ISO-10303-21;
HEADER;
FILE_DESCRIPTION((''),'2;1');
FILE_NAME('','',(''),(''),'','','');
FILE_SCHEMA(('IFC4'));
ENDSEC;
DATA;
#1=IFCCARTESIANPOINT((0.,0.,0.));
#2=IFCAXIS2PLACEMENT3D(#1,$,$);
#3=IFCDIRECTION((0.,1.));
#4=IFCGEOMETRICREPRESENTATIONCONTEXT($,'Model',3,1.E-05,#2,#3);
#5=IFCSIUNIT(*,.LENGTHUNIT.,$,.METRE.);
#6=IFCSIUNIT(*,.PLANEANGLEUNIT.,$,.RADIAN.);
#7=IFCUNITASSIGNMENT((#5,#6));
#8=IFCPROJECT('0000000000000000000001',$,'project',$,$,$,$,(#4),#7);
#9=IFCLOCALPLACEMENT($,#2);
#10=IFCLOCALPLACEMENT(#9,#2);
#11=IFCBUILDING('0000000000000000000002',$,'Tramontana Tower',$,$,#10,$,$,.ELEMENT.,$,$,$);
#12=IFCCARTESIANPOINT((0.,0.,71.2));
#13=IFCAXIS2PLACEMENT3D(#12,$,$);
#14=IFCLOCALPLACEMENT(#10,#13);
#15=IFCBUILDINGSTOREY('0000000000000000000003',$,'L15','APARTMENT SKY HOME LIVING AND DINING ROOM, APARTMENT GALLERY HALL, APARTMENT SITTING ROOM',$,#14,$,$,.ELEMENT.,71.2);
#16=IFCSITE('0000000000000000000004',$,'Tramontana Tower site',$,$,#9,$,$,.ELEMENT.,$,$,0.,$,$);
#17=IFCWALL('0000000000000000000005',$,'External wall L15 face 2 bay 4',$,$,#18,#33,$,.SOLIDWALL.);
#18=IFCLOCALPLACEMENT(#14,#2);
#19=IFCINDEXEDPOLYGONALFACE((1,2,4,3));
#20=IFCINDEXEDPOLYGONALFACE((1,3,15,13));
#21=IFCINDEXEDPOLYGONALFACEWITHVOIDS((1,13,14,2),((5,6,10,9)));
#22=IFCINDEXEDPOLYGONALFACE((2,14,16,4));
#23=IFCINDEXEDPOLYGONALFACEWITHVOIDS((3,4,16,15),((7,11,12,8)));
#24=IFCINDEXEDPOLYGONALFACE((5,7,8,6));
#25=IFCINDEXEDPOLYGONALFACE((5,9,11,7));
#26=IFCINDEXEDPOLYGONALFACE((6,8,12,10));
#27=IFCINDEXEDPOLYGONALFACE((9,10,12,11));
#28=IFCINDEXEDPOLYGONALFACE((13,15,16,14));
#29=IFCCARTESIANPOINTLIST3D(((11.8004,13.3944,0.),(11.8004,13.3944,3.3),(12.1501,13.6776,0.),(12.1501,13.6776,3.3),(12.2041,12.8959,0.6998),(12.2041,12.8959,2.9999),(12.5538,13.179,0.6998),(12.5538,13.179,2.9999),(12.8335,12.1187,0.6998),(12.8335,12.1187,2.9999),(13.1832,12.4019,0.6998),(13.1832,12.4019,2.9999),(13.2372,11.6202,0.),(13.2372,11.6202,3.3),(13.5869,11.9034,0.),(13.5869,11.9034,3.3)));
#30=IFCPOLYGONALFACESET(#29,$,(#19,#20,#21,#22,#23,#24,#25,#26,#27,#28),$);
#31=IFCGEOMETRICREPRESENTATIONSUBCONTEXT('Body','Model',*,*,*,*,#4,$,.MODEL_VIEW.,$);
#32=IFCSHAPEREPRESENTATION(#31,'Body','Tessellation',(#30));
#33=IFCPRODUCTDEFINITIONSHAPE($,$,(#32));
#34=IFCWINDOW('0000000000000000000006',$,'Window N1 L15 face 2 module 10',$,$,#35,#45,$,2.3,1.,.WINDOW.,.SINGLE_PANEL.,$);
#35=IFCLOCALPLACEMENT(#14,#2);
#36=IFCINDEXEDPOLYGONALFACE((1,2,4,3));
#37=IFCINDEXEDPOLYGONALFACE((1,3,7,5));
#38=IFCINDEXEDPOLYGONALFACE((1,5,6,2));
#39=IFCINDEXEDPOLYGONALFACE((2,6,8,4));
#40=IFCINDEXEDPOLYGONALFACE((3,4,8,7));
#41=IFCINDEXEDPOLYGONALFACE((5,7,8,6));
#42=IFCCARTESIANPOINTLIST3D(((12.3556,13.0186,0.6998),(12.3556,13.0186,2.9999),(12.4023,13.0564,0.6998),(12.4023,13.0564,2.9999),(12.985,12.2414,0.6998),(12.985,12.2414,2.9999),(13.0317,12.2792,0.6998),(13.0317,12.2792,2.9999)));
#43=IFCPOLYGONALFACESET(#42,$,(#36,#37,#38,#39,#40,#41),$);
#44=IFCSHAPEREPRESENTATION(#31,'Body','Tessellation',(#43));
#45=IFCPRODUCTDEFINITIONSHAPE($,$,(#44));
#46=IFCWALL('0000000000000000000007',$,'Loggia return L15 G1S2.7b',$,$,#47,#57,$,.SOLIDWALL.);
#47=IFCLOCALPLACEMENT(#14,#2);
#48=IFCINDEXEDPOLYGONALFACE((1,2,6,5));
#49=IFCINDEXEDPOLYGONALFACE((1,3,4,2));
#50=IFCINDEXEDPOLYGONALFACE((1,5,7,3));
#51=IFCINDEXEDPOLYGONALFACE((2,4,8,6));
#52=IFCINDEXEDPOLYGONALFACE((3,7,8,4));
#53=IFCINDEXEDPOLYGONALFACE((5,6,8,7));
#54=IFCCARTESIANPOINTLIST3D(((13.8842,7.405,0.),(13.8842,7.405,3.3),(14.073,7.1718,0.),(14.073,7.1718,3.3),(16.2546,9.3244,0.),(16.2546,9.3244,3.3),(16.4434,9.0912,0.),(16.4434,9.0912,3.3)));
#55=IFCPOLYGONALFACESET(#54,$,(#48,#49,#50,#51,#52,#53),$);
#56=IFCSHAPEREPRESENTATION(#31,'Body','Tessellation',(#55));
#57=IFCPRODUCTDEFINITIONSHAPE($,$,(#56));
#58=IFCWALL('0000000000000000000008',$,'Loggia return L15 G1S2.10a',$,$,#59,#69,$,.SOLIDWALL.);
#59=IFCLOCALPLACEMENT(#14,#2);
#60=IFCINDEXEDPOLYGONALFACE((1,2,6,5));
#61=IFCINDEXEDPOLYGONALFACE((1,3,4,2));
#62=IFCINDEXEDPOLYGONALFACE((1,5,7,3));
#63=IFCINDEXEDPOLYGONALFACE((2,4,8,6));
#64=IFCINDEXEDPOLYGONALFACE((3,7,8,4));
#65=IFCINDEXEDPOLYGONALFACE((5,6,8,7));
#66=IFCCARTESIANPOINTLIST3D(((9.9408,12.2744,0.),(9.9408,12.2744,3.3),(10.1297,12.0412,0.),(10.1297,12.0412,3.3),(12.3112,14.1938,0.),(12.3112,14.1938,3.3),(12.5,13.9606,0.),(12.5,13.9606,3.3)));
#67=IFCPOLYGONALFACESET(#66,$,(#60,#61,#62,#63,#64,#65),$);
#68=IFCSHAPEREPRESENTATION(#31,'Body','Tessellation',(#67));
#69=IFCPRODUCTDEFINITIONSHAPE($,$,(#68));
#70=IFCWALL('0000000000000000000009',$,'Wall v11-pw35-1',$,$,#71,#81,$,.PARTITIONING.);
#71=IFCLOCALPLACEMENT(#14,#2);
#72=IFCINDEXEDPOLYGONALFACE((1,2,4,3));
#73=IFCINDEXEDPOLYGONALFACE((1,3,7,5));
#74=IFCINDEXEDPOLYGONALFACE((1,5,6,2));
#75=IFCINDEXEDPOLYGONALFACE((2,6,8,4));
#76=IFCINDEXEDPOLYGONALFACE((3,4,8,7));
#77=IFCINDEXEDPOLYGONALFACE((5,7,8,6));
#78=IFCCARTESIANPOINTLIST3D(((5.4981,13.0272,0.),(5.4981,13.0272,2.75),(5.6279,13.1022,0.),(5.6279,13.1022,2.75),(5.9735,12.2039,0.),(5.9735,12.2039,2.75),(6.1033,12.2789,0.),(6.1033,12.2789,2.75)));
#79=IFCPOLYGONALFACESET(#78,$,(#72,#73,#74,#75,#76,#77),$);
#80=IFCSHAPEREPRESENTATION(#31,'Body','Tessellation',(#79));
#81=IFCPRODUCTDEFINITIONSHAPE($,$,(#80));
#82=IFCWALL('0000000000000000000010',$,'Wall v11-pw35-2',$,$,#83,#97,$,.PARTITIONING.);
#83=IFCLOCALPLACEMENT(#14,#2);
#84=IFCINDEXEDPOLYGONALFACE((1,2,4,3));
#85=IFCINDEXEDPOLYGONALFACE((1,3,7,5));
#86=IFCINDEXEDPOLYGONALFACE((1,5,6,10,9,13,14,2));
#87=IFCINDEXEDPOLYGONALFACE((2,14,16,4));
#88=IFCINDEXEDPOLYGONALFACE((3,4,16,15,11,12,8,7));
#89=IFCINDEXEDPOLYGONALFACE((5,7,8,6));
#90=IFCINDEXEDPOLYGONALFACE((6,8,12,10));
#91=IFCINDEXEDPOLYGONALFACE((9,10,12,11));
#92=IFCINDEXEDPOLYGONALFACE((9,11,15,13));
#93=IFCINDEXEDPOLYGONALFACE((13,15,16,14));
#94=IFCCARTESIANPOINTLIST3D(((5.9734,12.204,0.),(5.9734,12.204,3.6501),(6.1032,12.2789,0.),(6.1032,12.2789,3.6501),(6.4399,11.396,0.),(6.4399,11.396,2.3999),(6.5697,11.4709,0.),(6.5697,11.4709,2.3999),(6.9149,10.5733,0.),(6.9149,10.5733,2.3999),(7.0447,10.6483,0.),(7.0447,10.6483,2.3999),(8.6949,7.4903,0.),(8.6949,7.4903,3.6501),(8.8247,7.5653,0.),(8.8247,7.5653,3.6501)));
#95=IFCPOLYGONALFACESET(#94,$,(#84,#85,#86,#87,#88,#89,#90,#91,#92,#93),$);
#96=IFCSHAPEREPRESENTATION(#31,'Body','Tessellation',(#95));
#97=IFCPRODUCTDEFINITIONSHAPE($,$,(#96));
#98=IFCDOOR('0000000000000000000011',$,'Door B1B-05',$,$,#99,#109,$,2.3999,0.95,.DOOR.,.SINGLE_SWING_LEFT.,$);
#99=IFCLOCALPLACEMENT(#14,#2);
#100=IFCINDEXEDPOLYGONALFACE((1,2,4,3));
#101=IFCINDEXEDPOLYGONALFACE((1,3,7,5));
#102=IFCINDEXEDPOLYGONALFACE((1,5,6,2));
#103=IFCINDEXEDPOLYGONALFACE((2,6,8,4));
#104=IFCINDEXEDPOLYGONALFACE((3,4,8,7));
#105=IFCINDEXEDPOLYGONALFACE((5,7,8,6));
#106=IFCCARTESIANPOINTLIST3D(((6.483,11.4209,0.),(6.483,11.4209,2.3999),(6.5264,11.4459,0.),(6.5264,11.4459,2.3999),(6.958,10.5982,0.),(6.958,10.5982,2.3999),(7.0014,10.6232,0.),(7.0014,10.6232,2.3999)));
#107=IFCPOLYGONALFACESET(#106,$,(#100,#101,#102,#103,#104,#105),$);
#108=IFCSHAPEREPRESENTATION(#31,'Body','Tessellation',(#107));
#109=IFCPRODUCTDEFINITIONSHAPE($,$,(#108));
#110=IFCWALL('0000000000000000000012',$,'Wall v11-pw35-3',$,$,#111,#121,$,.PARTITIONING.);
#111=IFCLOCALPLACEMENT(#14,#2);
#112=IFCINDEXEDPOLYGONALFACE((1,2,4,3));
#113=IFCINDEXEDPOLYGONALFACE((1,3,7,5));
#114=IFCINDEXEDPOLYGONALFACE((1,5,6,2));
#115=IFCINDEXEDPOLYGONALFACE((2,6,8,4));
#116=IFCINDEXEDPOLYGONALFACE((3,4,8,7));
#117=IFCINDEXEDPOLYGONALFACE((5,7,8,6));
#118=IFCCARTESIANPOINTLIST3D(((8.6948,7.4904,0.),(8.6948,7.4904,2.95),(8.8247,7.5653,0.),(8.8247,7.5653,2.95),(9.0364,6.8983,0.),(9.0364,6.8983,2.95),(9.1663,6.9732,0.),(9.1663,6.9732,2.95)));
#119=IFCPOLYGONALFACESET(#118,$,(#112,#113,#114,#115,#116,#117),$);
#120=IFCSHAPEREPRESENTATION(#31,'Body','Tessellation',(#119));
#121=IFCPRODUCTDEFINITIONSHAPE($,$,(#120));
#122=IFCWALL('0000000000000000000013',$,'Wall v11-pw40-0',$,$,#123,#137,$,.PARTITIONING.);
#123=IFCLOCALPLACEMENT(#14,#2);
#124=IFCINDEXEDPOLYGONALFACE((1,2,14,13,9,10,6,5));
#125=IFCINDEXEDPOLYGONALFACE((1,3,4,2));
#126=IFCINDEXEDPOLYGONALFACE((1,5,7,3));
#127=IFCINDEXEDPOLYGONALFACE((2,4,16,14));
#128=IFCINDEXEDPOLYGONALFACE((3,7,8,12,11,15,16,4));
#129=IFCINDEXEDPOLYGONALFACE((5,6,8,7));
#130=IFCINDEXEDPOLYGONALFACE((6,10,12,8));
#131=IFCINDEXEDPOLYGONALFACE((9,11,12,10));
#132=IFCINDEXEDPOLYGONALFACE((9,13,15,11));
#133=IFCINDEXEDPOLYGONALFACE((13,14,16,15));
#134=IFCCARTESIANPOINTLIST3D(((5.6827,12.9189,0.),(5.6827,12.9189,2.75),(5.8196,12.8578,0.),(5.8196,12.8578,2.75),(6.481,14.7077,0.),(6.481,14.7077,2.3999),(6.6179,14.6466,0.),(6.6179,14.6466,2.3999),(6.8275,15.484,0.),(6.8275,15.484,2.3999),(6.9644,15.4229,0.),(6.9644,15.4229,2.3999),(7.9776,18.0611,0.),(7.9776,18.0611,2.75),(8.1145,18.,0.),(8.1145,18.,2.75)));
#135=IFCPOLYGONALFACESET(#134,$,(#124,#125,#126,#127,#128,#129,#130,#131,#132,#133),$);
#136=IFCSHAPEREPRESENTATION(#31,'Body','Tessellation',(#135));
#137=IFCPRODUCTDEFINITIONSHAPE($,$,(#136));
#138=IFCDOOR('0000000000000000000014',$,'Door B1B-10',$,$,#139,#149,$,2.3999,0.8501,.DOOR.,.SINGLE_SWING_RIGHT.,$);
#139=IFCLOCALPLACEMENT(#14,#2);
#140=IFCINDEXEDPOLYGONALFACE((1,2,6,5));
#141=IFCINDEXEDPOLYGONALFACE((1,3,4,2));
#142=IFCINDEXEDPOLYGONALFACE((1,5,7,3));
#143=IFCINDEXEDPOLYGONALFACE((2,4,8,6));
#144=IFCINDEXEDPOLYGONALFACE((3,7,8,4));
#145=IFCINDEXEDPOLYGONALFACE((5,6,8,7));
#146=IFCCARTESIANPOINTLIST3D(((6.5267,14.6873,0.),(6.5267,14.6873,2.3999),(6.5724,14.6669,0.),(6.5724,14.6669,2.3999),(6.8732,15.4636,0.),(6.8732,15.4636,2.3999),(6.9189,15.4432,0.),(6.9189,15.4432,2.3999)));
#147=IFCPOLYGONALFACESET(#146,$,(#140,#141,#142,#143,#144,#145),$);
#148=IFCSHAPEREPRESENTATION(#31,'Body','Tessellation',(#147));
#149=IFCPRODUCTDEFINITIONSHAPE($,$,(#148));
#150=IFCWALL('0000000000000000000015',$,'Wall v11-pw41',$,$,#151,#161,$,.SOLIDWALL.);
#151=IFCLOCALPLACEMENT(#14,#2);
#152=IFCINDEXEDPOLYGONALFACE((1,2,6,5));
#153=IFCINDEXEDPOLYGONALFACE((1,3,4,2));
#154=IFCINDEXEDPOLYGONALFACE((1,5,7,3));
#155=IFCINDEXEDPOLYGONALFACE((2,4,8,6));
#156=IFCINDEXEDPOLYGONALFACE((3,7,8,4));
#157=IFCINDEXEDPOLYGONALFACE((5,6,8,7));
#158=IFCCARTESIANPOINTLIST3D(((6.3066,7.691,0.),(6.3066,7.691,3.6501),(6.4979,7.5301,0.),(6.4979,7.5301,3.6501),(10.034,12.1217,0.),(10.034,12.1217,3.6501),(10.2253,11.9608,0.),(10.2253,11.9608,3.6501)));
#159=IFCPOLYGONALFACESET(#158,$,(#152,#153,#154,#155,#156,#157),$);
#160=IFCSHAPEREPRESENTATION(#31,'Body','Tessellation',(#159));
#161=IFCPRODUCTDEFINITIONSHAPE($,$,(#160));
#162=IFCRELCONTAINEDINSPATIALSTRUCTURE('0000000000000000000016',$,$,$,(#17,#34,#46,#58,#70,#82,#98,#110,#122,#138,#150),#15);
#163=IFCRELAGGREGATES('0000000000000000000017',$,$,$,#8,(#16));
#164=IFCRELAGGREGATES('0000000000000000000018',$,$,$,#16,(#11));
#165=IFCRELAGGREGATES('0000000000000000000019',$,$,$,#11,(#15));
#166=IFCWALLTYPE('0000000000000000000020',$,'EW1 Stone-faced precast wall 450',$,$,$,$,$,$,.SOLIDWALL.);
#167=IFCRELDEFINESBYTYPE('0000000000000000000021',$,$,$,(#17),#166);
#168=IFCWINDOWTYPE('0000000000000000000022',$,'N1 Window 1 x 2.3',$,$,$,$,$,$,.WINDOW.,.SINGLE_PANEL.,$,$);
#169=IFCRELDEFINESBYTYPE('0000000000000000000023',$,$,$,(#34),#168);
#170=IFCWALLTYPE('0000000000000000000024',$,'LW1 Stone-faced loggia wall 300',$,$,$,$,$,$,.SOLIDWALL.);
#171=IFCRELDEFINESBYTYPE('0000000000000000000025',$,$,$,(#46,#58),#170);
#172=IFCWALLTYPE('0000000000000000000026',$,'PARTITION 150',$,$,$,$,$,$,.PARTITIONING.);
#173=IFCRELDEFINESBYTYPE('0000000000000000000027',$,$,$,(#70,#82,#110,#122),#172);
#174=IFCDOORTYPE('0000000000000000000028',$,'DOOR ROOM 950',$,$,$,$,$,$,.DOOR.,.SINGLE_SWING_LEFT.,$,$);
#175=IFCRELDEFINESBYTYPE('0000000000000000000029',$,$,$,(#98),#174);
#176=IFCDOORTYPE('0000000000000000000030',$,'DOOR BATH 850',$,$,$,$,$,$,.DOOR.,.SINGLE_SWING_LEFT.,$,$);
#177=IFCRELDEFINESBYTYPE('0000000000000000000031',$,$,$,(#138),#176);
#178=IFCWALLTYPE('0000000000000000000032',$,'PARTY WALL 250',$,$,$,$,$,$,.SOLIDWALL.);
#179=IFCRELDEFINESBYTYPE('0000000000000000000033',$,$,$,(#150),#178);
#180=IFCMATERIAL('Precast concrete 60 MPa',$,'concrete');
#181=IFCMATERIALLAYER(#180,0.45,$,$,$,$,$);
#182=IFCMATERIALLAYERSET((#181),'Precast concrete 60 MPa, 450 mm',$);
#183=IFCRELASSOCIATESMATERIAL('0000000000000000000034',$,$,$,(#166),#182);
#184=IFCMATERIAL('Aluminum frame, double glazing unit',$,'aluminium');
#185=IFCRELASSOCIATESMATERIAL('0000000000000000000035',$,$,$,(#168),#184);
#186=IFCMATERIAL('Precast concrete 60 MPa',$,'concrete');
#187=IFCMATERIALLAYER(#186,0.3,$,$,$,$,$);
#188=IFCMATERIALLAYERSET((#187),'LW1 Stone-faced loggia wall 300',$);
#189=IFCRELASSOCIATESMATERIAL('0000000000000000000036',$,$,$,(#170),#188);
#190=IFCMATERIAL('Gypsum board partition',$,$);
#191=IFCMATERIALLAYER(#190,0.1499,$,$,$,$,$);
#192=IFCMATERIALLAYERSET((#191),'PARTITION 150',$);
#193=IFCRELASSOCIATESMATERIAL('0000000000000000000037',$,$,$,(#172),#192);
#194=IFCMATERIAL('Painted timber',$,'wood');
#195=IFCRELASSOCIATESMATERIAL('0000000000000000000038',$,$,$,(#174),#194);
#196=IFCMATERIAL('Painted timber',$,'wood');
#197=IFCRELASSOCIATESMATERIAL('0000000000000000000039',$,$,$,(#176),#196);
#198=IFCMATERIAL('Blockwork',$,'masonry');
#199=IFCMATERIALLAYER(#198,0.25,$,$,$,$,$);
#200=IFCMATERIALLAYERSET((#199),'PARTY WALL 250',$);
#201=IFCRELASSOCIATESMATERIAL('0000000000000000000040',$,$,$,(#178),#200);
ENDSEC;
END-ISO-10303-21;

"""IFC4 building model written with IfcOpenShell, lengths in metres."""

from ifc_helpers import new_model, si_unit, direction, frame, frame_2d, origin, place, context, subcontext, project, spatial, rectangle, extrude, material, layer, layer_set, type_object, element, fill, save


model = new_model("IFC4")

# Units and contexts
model_context = context("Model", 3, precision=1e-05, world=origin(), true_north=direction((0.0, 1.0)))
body_context = subcontext(model_context, "Body", "Model", "MODEL_VIEW")
ifc_project = project(units=[si_unit("LENGTHUNIT", "METRE"), si_unit("PLANEANGLEUNIT", "RADIAN")], contexts=[model_context])

# Site, building, storey
site_placement = place(None, origin())
site = spatial("IfcSite", under=ifc_project, at=site_placement, Name="Tramontana Tower site", CompositionType="ELEMENT", RefElevation=0.0)
building_placement = place(site_placement, origin())
building = spatial("IfcBuilding", under=site, at=building_placement, Name="Tramontana Tower", CompositionType="ELEMENT")
storey_placement = place(building_placement, frame((0.0, 0.0, 71.2)))
storey = spatial("IfcBuildingStorey", under=building, at=storey_placement, Name="L15", Description="APARTMENT SKY HOME LIVING AND DINING ROOM, APARTMENT GALLERY HALL, APARTMENT SITTING ROOM", CompositionType="ELEMENT", Elevation=71.2)

# Wall, opening, window
ifc_material_1 = material(Name="Precast concrete 60 MPa", Category="concrete")
ifc_layer_1 = layer(ifc_material_1, 0.45)
ifc_layer_set_1 = layer_set([ifc_layer_1], Name="Precast concrete 60 MPa, 450 mm")
wall_type_1 = type_object("IfcWallType", Name="EW1 Stone-faced precast wall 450", PredefinedType="SOLIDWALL", material=ifc_layer_set_1)
wall_1_placement = place(storey_placement, frame((13.4121, 11.7617, 0.0), z_axis=(0.0, 0.0, 1.0), x_axis=(-0.62934, 0.77713, 0.0)))
wall_1 = element("IfcWall", 1, at=wall_1_placement, inside=storey, type_object=wall_type_1, Name="External wall L15 face 2 bay 4", PredefinedType="SOLIDWALL", context=body_context, shape_type="SweptSolid", body=[
    extrude(rectangle(XDim=2.283, YDim=0.45, at=frame_2d((1.1416, 0.0))), origin(), (0.0, 0.0, 1.0), 3.3),
])
opening_1_placement = place(wall_1_placement, frame((0.6416, 0.0, 0.7)))
opening_1 = element("IfcOpeningElement", 2, at=opening_1_placement, cuts=wall_1, PredefinedType="OPENING", context=body_context, shape_type="SweptSolid", body=[
    extrude(rectangle(XDim=1.0, YDim=2.3, at=frame_2d((0.5, 1.1499))), frame((0.0, 0.2349, 0.0), z_axis=(0.0, -1.0, 0.0), x_axis=(1.0, 0.0, 0.0)), (0.0, 0.0, 1.0), 0.47),
])
ifc_material_2 = material(Name="Aluminum frame, double glazing unit", Category="aluminium")
window_type_1 = type_object("IfcWindowType", Name="N1 Window 1 x 2.3", PartitioningType="SINGLE_PANEL", PredefinedType="WINDOW", material=ifc_material_2)
window_1_placement = place(opening_1_placement, origin())
window_1 = element("IfcWindow", 3, at=window_1_placement, inside=storey, type_object=window_type_1, Name="Window N1 L15 face 2 module 10", OverallHeight=2.3, OverallWidth=1.0, PartitioningType="SINGLE_PANEL", PredefinedType="WINDOW", context=body_context, shape_type="SweptSolid", body=[
    extrude(rectangle(XDim=1.0, YDim=2.3, at=frame_2d((0.5, 1.1499))), frame((0.0, 0.03, 0.0), z_axis=(0.0, -1.0, 0.0), x_axis=(1.0, 0.0, 0.0)), (0.0, 0.0, 1.0), 0.0601),
])
fill(opening_1, window_1)

# Wall
ifc_material_3 = material(Name="Precast concrete 60 MPa", Category="concrete")
ifc_layer_2 = layer(ifc_material_3, 0.3)
ifc_layer_set_2 = layer_set([ifc_layer_2], Name="LW1 Stone-faced loggia wall 300")
wall_type_2 = type_object("IfcWallType", Name="LW1 Stone-faced loggia wall 300", PredefinedType="SOLIDWALL", material=ifc_layer_set_2)
wall_2_placement = place(storey_placement, frame((16.3489, 9.2078, 0.0), z_axis=(0.0, 0.0, 1.0), x_axis=(-0.777154, -0.629311, 0.0)))
element("IfcWall", 4, at=wall_2_placement, inside=storey, type_object=wall_type_2, Name="Loggia return L15 G1S2.7b", PredefinedType="SOLIDWALL", context=body_context, shape_type="SweptSolid", body=[
    extrude(rectangle(XDim=3.05, YDim=0.3, at=frame_2d((1.5249, 0.0))), origin(), (0.0, 0.0, 1.0), 3.3),
])

# Walls
wall_3_placement = place(storey_placement, frame((12.4055, 14.0771, 0.0), z_axis=(0.0, 0.0, 1.0), x_axis=(-0.777154, -0.629311, 0.0)))
element("IfcWall", 5, at=wall_3_placement, inside=storey, type_object=wall_type_2, Name="Loggia return L15 G1S2.10a", PredefinedType="SOLIDWALL", context=body_context, shape_type="SweptSolid", body=[
    extrude(rectangle(XDim=3.05, YDim=0.3, at=frame_2d((1.5249, 0.0))), origin(), (0.0, 0.0, 1.0), 3.3),
])
ifc_material_4 = material(Name="Gypsum board partition")
ifc_layer_3 = layer(ifc_material_4, 0.1499)
ifc_layer_set_3 = layer_set([ifc_layer_3], Name="PARTITION 150")
wall_type_3 = type_object("IfcWallType", Name="PARTITION 150", PredefinedType="PARTITIONING", material=ifc_layer_set_3)
wall_4_placement = place(storey_placement, frame((5.563, 13.0647, 0.0), z_axis=(0.0, 0.0, 1.0), x_axis=(0.500034, -0.866006, 0.0)))
element("IfcWall", 6, at=wall_4_placement, inside=storey, type_object=wall_type_3, Name="Wall v11-pw35-1", PredefinedType="PARTITIONING", context=body_context, shape_type="SweptSolid", body=[
    extrude(rectangle(XDim=0.9507, YDim=0.1499, at=frame_2d((0.4753, 0.0))), origin(), (0.0, 0.0, 1.0), 2.75),
])

# Wall, opening, door
wall_5_placement = place(storey_placement, frame((6.0383, 12.2415, 0.0), z_axis=(0.0, 0.0, 1.0), x_axis=(0.500003, -0.866023, 0.0)))
wall_5 = element("IfcWall", 7, at=wall_5_placement, inside=storey, type_object=wall_type_3, Name="Wall v11-pw35-2", PredefinedType="PARTITIONING", context=body_context, shape_type="SweptSolid", body=[
    extrude(rectangle(XDim=5.4429, YDim=0.1499, at=frame_2d((2.7214, 0.0))), origin(), (0.0, 0.0, 1.0), 3.6501),
])
opening_2_placement = place(wall_5_placement, frame((0.9329, 0.0, 0.0)))
opening_2 = element("IfcOpeningElement", 8, at=opening_2_placement, cuts=wall_5, PredefinedType="OPENING", context=body_context, shape_type="SweptSolid", body=[
    extrude(rectangle(XDim=0.95, YDim=2.3999, at=frame_2d((0.4751, 1.2))), frame((0.0, 0.085, 0.0), z_axis=(0.0, -1.0, 0.0), x_axis=(1.0, 0.0, 0.0)), (0.0, 0.0, 1.0), 0.1699),
])
ifc_material_5 = material(Name="Painted timber", Category="wood")
door_type_1 = type_object("IfcDoorType", Name="DOOR ROOM 950", OperationType="SINGLE_SWING_LEFT", PredefinedType="DOOR", material=ifc_material_5)
door_1_placement = place(opening_2_placement, origin())
door_1 = element("IfcDoor", 9, at=door_1_placement, inside=storey, type_object=door_type_1, Name="Door B1B-05", OperationType="SINGLE_SWING_LEFT", OverallHeight=2.3999, OverallWidth=0.95, PredefinedType="DOOR", context=body_context, shape_type="SweptSolid", body=[
    extrude(rectangle(XDim=0.95, YDim=2.3999, at=frame_2d((0.4751, 1.2))), frame((0.0, 0.0249, 0.0), z_axis=(0.0, -1.0, 0.0), x_axis=(1.0, 0.0, 0.0)), (0.0, 0.0, 1.0), 0.05),
])
fill(opening_2, door_1)

# Wall
wall_6_placement = place(storey_placement, frame((8.7598, 7.5278, 0.0), z_axis=(0.0, 0.0, 1.0), x_axis=(0.499712, -0.866192, 0.0)))
element("IfcWall", 10, at=wall_6_placement, inside=storey, type_object=wall_type_3, Name="Wall v11-pw35-3", PredefinedType="PARTITIONING", context=body_context, shape_type="SweptSolid", body=[
    extrude(rectangle(XDim=0.6836, YDim=0.1499, at=frame_2d((0.3418, 0.0))), origin(), (0.0, 0.0, 1.0), 2.95),
])

# Wall, opening, door
wall_7_placement = place(storey_placement, frame((5.7512, 12.8884, 0.0), z_axis=(0.0, 0.0, 1.0), x_axis=(0.407538, 0.913188, 0.0)))
wall_7 = element("IfcWall", 11, at=wall_7_placement, inside=storey, type_object=wall_type_3, Name="Wall v11-pw40-0", PredefinedType="PARTITIONING", context=body_context, shape_type="SweptSolid", body=[
    extrude(rectangle(XDim=5.6311, YDim=0.1499, at=frame_2d((2.8154, 0.0))), origin(), (0.0, 0.0, 1.0), 2.75),
])
opening_3_placement = place(wall_7_placement, frame((1.9587, 0.0, 0.0)))
opening_3 = element("IfcOpeningElement", 12, at=opening_3_placement, cuts=wall_7, PredefinedType="OPENING", context=body_context, shape_type="SweptSolid", body=[
    extrude(rectangle(XDim=0.8501, YDim=2.3999, at=frame_2d((0.425, 1.2))), frame((0.0, 0.085, 0.0), z_axis=(0.0, -1.0, 0.0), x_axis=(1.0, 0.0, 0.0)), (0.0, 0.0, 1.0), 0.1699),
])
ifc_material_6 = material(Name="Painted timber", Category="wood")
door_type_2 = type_object("IfcDoorType", Name="DOOR BATH 850", OperationType="SINGLE_SWING_LEFT", PredefinedType="DOOR", material=ifc_material_6)
door_2_placement = place(opening_3_placement, origin())
door_2 = element("IfcDoor", 13, at=door_2_placement, inside=storey, type_object=door_type_2, Name="Door B1B-10", OperationType="SINGLE_SWING_RIGHT", OverallHeight=2.3999, OverallWidth=0.8501, PredefinedType="DOOR", context=body_context, shape_type="SweptSolid", body=[
    extrude(rectangle(XDim=0.8501, YDim=2.3999, at=frame_2d((0.425, 1.2))), frame((0.0, 0.0249, 0.0), z_axis=(0.0, -1.0, 0.0), x_axis=(1.0, 0.0, 0.0)), (0.0, 0.0, 1.0), 0.05),
])
fill(opening_3, door_2)

# Wall
ifc_material_7 = material(Name="Blockwork", Category="masonry")
ifc_layer_4 = layer(ifc_material_7, 0.25)
ifc_layer_set_4 = layer_set([ifc_layer_4], Name="PARTY WALL 250")
wall_type_4 = type_object("IfcWallType", Name="PARTY WALL 250", PredefinedType="SOLIDWALL", material=ifc_layer_set_4)
wall_8_placement = place(storey_placement, frame((10.1296, 12.0413, 0.0), z_axis=(0.0, 0.0, 1.0), x_axis=(-0.643753, -0.765234, 0.0)))
element("IfcWall", 14, at=wall_8_placement, inside=storey, type_object=wall_type_4, Name="Wall v11-pw41", PredefinedType="SOLIDWALL", context=body_context, shape_type="SweptSolid", body=[
    extrude(rectangle(XDim=5.79, YDim=0.25, at=frame_2d((2.895, 0.0))), origin(), (0.0, 0.0, 1.0), 3.6501),
])

save(model, "model.ifc")
